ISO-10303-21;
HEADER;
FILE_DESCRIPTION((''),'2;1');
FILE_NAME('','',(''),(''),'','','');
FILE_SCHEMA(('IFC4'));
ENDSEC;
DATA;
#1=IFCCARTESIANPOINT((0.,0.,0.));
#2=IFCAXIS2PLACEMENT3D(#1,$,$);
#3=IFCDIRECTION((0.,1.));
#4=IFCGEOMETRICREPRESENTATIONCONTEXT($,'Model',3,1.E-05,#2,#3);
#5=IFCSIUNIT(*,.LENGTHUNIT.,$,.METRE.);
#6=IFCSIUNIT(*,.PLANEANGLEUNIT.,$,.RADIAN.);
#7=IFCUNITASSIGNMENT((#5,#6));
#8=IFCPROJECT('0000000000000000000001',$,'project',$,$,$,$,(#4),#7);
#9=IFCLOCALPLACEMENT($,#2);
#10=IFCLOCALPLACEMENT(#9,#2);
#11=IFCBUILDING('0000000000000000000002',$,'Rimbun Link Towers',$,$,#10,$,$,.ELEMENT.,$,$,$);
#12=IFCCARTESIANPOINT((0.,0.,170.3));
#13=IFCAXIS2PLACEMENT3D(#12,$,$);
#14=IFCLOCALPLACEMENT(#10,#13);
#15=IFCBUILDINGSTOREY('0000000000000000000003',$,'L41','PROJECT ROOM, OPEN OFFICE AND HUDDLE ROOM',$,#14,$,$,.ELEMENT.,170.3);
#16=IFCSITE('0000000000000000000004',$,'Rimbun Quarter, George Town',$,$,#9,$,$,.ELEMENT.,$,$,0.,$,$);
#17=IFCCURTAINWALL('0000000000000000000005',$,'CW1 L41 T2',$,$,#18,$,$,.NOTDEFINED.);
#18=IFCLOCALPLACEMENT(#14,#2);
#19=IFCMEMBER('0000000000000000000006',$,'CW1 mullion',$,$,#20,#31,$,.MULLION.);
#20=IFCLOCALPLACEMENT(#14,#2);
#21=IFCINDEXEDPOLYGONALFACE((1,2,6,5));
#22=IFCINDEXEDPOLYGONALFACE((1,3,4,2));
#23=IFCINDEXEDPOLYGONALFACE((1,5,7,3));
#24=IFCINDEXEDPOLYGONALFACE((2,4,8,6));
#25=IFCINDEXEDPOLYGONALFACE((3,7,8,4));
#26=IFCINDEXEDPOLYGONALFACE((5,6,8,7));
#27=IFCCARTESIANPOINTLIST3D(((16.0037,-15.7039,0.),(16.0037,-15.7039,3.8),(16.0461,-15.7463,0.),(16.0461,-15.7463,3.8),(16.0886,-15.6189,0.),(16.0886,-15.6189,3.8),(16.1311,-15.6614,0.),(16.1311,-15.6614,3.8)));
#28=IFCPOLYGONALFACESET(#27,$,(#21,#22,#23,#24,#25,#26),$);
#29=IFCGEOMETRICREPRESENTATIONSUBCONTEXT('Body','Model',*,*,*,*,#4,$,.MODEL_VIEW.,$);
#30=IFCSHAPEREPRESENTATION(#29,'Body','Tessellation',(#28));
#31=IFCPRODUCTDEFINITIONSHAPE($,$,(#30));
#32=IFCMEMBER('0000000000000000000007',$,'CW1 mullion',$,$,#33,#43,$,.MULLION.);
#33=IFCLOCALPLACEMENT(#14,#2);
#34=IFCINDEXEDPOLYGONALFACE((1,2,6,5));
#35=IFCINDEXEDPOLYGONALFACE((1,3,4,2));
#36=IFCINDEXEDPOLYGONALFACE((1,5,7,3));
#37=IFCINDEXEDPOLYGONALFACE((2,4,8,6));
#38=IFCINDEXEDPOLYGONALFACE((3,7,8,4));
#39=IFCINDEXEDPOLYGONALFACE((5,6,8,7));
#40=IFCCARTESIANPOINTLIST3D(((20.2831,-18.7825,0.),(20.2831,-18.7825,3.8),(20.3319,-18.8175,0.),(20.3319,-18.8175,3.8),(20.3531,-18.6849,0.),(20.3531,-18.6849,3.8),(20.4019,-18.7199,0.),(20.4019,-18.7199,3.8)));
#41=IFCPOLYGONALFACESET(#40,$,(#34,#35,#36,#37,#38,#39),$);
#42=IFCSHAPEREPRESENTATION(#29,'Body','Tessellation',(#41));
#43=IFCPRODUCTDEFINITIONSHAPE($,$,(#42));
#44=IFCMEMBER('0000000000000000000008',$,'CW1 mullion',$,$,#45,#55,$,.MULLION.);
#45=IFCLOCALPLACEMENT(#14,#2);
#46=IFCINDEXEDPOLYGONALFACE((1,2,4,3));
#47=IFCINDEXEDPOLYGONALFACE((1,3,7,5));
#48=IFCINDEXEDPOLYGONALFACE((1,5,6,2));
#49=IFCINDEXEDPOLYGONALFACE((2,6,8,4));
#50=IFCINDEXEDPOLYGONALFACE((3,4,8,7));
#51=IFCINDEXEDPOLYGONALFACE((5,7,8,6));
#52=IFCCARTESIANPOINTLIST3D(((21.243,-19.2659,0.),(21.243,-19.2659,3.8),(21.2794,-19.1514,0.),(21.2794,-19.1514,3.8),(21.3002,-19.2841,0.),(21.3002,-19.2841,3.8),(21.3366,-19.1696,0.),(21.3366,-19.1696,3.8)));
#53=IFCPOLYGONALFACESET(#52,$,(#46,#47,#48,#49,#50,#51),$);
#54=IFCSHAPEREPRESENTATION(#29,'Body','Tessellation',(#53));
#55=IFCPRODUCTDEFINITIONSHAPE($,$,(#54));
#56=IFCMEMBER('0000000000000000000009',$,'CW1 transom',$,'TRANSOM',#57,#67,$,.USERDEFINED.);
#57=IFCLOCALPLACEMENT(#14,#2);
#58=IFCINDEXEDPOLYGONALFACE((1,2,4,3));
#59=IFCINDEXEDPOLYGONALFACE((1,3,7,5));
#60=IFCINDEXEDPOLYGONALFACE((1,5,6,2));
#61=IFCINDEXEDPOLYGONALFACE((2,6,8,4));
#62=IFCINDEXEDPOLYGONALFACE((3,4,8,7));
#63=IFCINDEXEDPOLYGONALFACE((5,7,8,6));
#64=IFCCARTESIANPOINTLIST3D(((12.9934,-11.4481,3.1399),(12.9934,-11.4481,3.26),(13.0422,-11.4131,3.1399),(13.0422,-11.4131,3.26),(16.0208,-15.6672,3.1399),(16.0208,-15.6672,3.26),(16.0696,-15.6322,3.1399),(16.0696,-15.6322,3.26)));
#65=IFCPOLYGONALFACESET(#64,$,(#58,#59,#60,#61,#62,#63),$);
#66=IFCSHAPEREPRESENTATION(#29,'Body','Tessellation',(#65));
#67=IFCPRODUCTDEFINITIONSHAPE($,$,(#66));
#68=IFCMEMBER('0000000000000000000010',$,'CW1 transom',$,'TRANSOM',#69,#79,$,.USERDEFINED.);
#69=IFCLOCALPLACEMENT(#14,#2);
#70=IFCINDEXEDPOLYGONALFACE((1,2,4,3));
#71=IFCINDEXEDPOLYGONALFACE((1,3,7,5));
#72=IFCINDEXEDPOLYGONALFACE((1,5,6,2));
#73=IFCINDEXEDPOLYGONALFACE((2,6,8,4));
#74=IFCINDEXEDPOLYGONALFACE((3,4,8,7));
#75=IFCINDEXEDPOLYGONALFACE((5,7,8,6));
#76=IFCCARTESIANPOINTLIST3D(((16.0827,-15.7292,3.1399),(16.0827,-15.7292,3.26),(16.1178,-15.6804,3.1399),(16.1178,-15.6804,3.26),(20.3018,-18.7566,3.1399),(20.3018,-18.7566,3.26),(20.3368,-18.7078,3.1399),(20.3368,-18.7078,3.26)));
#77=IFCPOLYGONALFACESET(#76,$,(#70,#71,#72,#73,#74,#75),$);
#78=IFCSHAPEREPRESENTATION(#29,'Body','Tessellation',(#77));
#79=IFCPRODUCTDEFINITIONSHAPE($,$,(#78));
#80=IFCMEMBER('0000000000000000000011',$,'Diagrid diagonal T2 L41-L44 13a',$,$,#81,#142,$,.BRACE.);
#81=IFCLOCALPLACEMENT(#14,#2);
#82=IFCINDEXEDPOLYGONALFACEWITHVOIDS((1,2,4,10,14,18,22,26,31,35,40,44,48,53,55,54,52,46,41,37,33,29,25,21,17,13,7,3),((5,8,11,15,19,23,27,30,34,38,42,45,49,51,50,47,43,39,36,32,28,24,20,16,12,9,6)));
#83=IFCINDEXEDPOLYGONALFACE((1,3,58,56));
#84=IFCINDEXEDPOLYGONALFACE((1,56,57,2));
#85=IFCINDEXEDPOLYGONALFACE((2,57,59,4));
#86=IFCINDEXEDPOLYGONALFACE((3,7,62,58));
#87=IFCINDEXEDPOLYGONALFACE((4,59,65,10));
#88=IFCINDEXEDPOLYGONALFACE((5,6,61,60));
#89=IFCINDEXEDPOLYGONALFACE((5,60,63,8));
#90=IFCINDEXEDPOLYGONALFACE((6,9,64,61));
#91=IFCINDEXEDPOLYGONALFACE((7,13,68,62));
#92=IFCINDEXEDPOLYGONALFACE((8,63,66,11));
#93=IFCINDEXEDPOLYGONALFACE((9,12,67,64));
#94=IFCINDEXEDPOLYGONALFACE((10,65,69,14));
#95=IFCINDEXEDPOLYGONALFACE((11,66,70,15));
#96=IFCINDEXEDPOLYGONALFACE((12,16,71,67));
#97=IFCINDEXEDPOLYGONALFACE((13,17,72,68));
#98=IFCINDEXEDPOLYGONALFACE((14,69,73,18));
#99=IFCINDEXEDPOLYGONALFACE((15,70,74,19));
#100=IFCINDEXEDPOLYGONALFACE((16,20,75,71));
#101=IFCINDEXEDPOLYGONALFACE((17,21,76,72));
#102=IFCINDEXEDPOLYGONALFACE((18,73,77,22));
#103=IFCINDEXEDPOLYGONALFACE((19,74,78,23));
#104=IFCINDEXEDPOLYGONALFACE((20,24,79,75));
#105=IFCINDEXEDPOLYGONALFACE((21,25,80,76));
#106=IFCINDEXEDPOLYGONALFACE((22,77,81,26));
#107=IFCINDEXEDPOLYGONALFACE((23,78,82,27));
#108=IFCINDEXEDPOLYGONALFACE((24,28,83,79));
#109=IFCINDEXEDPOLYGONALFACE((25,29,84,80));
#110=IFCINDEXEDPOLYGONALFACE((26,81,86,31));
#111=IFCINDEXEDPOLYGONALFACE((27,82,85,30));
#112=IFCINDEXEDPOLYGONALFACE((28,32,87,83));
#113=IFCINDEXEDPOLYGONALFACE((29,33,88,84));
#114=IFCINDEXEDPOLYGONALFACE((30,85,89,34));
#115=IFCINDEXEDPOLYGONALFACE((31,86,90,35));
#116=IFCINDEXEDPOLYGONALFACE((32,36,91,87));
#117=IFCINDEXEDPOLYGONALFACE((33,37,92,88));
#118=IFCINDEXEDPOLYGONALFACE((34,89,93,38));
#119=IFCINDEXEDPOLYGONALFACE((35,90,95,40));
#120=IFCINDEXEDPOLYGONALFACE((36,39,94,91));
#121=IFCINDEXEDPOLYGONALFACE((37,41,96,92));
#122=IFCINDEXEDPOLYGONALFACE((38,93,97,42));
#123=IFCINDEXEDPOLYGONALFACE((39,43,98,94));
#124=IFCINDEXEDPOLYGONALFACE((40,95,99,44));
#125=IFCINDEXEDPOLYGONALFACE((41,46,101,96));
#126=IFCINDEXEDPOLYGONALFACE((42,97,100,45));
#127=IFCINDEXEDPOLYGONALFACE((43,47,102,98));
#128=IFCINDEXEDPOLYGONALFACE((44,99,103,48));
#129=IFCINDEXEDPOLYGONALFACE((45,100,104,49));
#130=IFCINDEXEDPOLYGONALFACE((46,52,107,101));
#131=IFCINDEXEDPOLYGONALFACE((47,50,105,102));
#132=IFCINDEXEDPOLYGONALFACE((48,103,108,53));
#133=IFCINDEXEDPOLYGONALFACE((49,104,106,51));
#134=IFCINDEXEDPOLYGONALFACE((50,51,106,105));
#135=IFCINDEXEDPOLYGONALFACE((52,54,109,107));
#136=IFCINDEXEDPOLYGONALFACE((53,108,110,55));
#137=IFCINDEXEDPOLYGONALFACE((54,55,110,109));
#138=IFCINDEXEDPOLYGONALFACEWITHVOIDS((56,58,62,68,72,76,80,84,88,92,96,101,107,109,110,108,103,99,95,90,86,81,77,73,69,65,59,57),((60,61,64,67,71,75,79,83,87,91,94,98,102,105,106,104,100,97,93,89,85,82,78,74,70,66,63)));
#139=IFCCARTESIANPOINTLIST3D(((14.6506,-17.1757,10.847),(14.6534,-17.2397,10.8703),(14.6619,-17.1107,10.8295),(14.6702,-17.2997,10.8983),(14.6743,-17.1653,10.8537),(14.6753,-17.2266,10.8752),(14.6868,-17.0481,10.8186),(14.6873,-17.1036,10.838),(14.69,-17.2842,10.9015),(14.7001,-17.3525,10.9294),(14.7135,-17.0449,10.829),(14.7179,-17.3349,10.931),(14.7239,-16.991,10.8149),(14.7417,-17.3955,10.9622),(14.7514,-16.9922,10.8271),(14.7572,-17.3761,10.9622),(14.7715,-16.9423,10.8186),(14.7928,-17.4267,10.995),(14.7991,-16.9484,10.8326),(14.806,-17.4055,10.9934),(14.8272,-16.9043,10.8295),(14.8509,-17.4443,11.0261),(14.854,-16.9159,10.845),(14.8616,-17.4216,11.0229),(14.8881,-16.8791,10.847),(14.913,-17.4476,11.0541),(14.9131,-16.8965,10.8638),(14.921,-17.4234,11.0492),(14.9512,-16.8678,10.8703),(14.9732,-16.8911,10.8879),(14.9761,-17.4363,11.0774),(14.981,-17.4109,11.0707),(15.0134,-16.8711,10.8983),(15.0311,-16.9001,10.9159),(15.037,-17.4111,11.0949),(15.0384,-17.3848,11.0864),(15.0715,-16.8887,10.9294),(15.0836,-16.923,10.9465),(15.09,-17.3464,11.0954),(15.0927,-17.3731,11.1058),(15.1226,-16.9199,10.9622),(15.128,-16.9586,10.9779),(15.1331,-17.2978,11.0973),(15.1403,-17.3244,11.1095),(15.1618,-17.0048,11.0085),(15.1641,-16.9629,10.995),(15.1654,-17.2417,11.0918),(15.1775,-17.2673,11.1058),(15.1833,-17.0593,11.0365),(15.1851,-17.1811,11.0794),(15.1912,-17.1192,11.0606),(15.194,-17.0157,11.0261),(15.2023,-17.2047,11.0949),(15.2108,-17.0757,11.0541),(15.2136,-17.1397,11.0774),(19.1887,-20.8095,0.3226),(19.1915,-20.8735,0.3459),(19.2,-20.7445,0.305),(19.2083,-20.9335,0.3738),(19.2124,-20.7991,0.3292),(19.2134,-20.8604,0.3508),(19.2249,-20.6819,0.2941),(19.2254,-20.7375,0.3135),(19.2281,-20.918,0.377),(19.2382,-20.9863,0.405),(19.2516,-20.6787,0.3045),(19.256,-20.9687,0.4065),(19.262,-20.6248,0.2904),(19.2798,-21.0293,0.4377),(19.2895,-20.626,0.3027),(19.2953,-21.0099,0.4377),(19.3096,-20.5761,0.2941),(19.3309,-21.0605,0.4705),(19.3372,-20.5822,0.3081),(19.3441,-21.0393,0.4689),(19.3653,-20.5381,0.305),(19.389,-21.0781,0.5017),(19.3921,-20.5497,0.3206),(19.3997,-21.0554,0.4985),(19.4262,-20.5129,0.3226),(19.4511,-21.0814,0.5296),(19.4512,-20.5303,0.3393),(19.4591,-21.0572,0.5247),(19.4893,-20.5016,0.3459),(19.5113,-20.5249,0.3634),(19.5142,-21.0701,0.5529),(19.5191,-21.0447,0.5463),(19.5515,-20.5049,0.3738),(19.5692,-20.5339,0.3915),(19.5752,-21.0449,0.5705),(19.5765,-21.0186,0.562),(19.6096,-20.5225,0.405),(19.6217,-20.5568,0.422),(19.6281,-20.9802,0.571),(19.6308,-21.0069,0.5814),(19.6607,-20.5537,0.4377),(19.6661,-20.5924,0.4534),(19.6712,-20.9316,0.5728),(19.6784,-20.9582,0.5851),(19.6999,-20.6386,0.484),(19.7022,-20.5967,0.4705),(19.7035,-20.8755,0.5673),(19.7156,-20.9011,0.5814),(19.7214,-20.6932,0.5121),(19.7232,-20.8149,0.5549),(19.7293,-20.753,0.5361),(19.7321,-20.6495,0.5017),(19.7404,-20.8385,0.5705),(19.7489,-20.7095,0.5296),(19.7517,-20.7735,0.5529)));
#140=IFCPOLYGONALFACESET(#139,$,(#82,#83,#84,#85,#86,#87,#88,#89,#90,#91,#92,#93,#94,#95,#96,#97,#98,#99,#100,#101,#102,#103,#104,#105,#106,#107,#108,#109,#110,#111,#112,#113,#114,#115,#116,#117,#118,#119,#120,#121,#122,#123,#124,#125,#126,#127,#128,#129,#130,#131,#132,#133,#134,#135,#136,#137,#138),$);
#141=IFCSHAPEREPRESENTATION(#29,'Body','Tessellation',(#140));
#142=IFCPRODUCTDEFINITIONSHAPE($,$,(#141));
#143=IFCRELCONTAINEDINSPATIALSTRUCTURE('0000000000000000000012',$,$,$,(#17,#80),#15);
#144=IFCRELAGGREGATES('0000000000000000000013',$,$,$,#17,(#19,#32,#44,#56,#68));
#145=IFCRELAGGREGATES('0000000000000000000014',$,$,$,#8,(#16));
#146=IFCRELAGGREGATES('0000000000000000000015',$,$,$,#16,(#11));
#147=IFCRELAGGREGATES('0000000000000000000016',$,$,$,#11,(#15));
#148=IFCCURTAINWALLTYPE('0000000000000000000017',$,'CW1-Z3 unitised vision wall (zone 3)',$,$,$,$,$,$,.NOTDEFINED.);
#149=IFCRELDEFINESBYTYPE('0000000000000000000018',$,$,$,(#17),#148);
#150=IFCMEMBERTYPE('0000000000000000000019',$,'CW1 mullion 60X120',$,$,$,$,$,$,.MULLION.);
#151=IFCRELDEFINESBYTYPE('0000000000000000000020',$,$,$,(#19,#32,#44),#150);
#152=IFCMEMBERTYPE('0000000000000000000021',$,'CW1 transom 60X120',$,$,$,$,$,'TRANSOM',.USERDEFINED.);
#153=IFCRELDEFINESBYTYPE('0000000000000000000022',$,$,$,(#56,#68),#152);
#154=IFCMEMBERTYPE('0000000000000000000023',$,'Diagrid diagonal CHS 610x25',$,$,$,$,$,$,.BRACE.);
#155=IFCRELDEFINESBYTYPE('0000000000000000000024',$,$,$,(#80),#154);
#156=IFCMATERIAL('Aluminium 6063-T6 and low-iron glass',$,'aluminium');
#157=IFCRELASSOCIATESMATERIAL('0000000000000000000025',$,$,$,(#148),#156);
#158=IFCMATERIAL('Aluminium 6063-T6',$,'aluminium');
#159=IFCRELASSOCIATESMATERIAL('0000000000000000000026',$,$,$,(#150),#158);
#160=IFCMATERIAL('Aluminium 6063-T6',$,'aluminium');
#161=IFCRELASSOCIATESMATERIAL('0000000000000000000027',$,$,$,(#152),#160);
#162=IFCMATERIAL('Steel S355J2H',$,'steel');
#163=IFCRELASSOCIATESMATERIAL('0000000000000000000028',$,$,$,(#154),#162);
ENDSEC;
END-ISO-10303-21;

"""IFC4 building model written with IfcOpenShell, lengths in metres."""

from ifc_helpers import new_model, si_unit, direction, frame, origin, origin_2d, place, context, subcontext, project, spatial, rectangle, hollow_circle, extrude, material, material_profile, profile_set, type_object, element, aggregate, save


model = new_model("IFC4")

# Units and contexts
model_context = context("Model", 3, precision=1e-05, world=origin(), true_north=direction((0.0, 1.0)))
body_context = subcontext(model_context, "Body", "Model", "MODEL_VIEW")
ifc_project = project(units=[si_unit("LENGTHUNIT", "METRE"), si_unit("PLANEANGLEUNIT", "RADIAN")], contexts=[model_context])

# Site, building, storey
site_placement = place(None, origin())
site = spatial("IfcSite", under=ifc_project, at=site_placement, Name="Rimbun Quarter, George Town", CompositionType="ELEMENT", RefElevation=0.0)
building_placement = place(site_placement, origin())
building = spatial("IfcBuilding", under=site, at=building_placement, Name="Rimbun Link Towers", CompositionType="ELEMENT")
storey_placement = place(building_placement, frame((0.0, 0.0, 170.3)))
storey = spatial("IfcBuildingStorey", under=building, at=storey_placement, Name="L41", Description="PROJECT ROOM, OPEN OFFICE AND HUDDLE ROOM", CompositionType="ELEMENT", Elevation=170.3)

# Curtain wall, members
ifc_material_1 = material(Name="Aluminium 6063-T6 and low-iron glass", Category="aluminium")
curtain_wall_type = type_object("IfcCurtainWallType", Name="CW1-Z3 unitised vision wall (zone 3)", PredefinedType="NOTDEFINED", material=ifc_material_1)
curtain_wall_placement = place(storey_placement, origin())
curtain_wall = element("IfcCurtainWall", 1, at=curtain_wall_placement, inside=storey, type_object=curtain_wall_type, Name="CW1 L41 T2", PredefinedType="NOTDEFINED")
ifc_material_2 = material(Name="Aluminium 6063-T6", Category="aluminium")
ifc_material_profile_1 = material_profile(ifc_material_2, rectangle(XDim=0.1201, YDim=0.0601, at=origin_2d()), Name="MULLION 60X120")
ifc_profile_set_1 = profile_set([ifc_material_profile_1], Name="Aluminium 6063-T6")
member_type_1 = type_object("IfcMemberType", Name="CW1 mullion 60X120", PredefinedType="MULLION", material=ifc_profile_set_1)
member_1_placement = place(storey_placement, frame((16.0674, -15.6826, 0.0), z_axis=(0.0, 0.0, 1.0), x_axis=(-0.707107, -0.707107, 0.0)))
member_1 = element("IfcMember", 2, at=member_1_placement, type_object=member_type_1, Name="CW1 mullion", PredefinedType="MULLION", context=body_context, shape_type="SweptSolid", body=[
    extrude(rectangle(XDim=0.1201, YDim=0.0601, at=origin_2d()), origin(), (0.0, 0.0, 1.0), 3.8),
])
member_2_placement = place(storey_placement, frame((20.3425, -18.7512, 0.0), z_axis=(0.0, 0.0, 1.0), x_axis=(-0.583009, -0.812465, 0.0)))
member_2 = element("IfcMember", 3, at=member_2_placement, type_object=member_type_1, Name="CW1 mullion", PredefinedType="MULLION", context=body_context, shape_type="SweptSolid", body=[
    extrude(rectangle(XDim=0.1201, YDim=0.0601, at=origin_2d()), origin(), (0.0, 0.0, 1.0), 3.8),
])
member_3_placement = place(storey_placement, frame((21.2898, -19.2178, 0.0), z_axis=(0.0, 0.0, 1.0), x_axis=(-0.303068, -0.952969, 0.0)))
member_3 = element("IfcMember", 4, at=member_3_placement, type_object=member_type_1, Name="CW1 mullion", PredefinedType="MULLION", context=body_context, shape_type="SweptSolid", body=[
    extrude(rectangle(XDim=0.1201, YDim=0.0601, at=origin_2d()), origin(), (0.0, 0.0, 1.0), 3.8),
])
ifc_material_3 = material(Name="Aluminium 6063-T6", Category="aluminium")
ifc_material_profile_2 = material_profile(ifc_material_3, rectangle(XDim=0.0601, YDim=0.1201, at=origin_2d()), Name="TRANSOM 60X120")
ifc_profile_set_2 = profile_set([ifc_material_profile_2], Name="Aluminium 6063-T6")
member_type_2 = type_object("IfcMemberType", Name="CW1 transom 60X120", ElementType="TRANSOM", PredefinedType="USERDEFINED", material=ifc_profile_set_2)
member_4_placement = place(storey_placement, frame((16.0452, -15.6497, 3.2), z_axis=(-0.582994, 0.812477, 0.0), x_axis=(-0.812477, -0.582994, 0.0)))
member_4 = element("IfcMember", 5, at=member_4_placement, type_object=member_type_2, Name="CW1 transom", ObjectType="TRANSOM", PredefinedType="USERDEFINED", context=body_context, shape_type="SweptSolid", body=[
    extrude(rectangle(XDim=0.0601, YDim=0.1201, at=origin_2d()), origin(), (0.0, 0.0, 1.0), 5.1929),
])
member_5_placement = place(storey_placement, frame((20.3193, -18.7322, 3.2), z_axis=(-0.812477, 0.582994, 0.0), x_axis=(-0.582994, -0.812477, 0.0)))
member_5 = element("IfcMember", 6, at=member_5_placement, type_object=member_type_2, Name="CW1 transom", ObjectType="TRANSOM", PredefinedType="USERDEFINED", context=body_context, shape_type="SweptSolid", body=[
    extrude(rectangle(XDim=0.0601, YDim=0.1201, at=origin_2d()), origin(), (0.0, 0.0, 1.0), 5.1929),
])

# Member
ifc_material_4 = material(Name="Steel S355J2H", Category="steel")
ifc_material_profile_3 = material_profile(ifc_material_4, hollow_circle(Radius=0.3047, WallThickness=0.0249, at=origin_2d()), Name="Diagrid diagonal CHS 610x25")
ifc_profile_set_3 = profile_set([ifc_material_profile_3], Name="Steel S355J2H")
member_type_3 = type_object("IfcMemberType", Name="Diagrid diagonal CHS 610x25", PredefinedType="BRACE", material=ifc_profile_set_3)
member_6_placement = place(storey_placement, frame((19.4702, -20.7915, 0.4377), z_axis=(-0.377438, 0.302227, 0.875328), x_axis=(-0.625043, -0.78059, 0.0)))
element("IfcMember", 7, at=member_6_placement, inside=storey, type_object=member_type_3, Name="Diagrid diagonal T2 L41-L44 13a", PredefinedType="BRACE", context=body_context, shape_type="SweptSolid", body=[
    extrude(hollow_circle(Radius=0.3047, WallThickness=0.0249, at=origin_2d()), origin(), (0.0, 0.0, 1.0), 12.0234),
])

aggregate(curtain_wall, [member_1, member_2, member_3, member_4, member_5])

save(model, "model.ifc")
